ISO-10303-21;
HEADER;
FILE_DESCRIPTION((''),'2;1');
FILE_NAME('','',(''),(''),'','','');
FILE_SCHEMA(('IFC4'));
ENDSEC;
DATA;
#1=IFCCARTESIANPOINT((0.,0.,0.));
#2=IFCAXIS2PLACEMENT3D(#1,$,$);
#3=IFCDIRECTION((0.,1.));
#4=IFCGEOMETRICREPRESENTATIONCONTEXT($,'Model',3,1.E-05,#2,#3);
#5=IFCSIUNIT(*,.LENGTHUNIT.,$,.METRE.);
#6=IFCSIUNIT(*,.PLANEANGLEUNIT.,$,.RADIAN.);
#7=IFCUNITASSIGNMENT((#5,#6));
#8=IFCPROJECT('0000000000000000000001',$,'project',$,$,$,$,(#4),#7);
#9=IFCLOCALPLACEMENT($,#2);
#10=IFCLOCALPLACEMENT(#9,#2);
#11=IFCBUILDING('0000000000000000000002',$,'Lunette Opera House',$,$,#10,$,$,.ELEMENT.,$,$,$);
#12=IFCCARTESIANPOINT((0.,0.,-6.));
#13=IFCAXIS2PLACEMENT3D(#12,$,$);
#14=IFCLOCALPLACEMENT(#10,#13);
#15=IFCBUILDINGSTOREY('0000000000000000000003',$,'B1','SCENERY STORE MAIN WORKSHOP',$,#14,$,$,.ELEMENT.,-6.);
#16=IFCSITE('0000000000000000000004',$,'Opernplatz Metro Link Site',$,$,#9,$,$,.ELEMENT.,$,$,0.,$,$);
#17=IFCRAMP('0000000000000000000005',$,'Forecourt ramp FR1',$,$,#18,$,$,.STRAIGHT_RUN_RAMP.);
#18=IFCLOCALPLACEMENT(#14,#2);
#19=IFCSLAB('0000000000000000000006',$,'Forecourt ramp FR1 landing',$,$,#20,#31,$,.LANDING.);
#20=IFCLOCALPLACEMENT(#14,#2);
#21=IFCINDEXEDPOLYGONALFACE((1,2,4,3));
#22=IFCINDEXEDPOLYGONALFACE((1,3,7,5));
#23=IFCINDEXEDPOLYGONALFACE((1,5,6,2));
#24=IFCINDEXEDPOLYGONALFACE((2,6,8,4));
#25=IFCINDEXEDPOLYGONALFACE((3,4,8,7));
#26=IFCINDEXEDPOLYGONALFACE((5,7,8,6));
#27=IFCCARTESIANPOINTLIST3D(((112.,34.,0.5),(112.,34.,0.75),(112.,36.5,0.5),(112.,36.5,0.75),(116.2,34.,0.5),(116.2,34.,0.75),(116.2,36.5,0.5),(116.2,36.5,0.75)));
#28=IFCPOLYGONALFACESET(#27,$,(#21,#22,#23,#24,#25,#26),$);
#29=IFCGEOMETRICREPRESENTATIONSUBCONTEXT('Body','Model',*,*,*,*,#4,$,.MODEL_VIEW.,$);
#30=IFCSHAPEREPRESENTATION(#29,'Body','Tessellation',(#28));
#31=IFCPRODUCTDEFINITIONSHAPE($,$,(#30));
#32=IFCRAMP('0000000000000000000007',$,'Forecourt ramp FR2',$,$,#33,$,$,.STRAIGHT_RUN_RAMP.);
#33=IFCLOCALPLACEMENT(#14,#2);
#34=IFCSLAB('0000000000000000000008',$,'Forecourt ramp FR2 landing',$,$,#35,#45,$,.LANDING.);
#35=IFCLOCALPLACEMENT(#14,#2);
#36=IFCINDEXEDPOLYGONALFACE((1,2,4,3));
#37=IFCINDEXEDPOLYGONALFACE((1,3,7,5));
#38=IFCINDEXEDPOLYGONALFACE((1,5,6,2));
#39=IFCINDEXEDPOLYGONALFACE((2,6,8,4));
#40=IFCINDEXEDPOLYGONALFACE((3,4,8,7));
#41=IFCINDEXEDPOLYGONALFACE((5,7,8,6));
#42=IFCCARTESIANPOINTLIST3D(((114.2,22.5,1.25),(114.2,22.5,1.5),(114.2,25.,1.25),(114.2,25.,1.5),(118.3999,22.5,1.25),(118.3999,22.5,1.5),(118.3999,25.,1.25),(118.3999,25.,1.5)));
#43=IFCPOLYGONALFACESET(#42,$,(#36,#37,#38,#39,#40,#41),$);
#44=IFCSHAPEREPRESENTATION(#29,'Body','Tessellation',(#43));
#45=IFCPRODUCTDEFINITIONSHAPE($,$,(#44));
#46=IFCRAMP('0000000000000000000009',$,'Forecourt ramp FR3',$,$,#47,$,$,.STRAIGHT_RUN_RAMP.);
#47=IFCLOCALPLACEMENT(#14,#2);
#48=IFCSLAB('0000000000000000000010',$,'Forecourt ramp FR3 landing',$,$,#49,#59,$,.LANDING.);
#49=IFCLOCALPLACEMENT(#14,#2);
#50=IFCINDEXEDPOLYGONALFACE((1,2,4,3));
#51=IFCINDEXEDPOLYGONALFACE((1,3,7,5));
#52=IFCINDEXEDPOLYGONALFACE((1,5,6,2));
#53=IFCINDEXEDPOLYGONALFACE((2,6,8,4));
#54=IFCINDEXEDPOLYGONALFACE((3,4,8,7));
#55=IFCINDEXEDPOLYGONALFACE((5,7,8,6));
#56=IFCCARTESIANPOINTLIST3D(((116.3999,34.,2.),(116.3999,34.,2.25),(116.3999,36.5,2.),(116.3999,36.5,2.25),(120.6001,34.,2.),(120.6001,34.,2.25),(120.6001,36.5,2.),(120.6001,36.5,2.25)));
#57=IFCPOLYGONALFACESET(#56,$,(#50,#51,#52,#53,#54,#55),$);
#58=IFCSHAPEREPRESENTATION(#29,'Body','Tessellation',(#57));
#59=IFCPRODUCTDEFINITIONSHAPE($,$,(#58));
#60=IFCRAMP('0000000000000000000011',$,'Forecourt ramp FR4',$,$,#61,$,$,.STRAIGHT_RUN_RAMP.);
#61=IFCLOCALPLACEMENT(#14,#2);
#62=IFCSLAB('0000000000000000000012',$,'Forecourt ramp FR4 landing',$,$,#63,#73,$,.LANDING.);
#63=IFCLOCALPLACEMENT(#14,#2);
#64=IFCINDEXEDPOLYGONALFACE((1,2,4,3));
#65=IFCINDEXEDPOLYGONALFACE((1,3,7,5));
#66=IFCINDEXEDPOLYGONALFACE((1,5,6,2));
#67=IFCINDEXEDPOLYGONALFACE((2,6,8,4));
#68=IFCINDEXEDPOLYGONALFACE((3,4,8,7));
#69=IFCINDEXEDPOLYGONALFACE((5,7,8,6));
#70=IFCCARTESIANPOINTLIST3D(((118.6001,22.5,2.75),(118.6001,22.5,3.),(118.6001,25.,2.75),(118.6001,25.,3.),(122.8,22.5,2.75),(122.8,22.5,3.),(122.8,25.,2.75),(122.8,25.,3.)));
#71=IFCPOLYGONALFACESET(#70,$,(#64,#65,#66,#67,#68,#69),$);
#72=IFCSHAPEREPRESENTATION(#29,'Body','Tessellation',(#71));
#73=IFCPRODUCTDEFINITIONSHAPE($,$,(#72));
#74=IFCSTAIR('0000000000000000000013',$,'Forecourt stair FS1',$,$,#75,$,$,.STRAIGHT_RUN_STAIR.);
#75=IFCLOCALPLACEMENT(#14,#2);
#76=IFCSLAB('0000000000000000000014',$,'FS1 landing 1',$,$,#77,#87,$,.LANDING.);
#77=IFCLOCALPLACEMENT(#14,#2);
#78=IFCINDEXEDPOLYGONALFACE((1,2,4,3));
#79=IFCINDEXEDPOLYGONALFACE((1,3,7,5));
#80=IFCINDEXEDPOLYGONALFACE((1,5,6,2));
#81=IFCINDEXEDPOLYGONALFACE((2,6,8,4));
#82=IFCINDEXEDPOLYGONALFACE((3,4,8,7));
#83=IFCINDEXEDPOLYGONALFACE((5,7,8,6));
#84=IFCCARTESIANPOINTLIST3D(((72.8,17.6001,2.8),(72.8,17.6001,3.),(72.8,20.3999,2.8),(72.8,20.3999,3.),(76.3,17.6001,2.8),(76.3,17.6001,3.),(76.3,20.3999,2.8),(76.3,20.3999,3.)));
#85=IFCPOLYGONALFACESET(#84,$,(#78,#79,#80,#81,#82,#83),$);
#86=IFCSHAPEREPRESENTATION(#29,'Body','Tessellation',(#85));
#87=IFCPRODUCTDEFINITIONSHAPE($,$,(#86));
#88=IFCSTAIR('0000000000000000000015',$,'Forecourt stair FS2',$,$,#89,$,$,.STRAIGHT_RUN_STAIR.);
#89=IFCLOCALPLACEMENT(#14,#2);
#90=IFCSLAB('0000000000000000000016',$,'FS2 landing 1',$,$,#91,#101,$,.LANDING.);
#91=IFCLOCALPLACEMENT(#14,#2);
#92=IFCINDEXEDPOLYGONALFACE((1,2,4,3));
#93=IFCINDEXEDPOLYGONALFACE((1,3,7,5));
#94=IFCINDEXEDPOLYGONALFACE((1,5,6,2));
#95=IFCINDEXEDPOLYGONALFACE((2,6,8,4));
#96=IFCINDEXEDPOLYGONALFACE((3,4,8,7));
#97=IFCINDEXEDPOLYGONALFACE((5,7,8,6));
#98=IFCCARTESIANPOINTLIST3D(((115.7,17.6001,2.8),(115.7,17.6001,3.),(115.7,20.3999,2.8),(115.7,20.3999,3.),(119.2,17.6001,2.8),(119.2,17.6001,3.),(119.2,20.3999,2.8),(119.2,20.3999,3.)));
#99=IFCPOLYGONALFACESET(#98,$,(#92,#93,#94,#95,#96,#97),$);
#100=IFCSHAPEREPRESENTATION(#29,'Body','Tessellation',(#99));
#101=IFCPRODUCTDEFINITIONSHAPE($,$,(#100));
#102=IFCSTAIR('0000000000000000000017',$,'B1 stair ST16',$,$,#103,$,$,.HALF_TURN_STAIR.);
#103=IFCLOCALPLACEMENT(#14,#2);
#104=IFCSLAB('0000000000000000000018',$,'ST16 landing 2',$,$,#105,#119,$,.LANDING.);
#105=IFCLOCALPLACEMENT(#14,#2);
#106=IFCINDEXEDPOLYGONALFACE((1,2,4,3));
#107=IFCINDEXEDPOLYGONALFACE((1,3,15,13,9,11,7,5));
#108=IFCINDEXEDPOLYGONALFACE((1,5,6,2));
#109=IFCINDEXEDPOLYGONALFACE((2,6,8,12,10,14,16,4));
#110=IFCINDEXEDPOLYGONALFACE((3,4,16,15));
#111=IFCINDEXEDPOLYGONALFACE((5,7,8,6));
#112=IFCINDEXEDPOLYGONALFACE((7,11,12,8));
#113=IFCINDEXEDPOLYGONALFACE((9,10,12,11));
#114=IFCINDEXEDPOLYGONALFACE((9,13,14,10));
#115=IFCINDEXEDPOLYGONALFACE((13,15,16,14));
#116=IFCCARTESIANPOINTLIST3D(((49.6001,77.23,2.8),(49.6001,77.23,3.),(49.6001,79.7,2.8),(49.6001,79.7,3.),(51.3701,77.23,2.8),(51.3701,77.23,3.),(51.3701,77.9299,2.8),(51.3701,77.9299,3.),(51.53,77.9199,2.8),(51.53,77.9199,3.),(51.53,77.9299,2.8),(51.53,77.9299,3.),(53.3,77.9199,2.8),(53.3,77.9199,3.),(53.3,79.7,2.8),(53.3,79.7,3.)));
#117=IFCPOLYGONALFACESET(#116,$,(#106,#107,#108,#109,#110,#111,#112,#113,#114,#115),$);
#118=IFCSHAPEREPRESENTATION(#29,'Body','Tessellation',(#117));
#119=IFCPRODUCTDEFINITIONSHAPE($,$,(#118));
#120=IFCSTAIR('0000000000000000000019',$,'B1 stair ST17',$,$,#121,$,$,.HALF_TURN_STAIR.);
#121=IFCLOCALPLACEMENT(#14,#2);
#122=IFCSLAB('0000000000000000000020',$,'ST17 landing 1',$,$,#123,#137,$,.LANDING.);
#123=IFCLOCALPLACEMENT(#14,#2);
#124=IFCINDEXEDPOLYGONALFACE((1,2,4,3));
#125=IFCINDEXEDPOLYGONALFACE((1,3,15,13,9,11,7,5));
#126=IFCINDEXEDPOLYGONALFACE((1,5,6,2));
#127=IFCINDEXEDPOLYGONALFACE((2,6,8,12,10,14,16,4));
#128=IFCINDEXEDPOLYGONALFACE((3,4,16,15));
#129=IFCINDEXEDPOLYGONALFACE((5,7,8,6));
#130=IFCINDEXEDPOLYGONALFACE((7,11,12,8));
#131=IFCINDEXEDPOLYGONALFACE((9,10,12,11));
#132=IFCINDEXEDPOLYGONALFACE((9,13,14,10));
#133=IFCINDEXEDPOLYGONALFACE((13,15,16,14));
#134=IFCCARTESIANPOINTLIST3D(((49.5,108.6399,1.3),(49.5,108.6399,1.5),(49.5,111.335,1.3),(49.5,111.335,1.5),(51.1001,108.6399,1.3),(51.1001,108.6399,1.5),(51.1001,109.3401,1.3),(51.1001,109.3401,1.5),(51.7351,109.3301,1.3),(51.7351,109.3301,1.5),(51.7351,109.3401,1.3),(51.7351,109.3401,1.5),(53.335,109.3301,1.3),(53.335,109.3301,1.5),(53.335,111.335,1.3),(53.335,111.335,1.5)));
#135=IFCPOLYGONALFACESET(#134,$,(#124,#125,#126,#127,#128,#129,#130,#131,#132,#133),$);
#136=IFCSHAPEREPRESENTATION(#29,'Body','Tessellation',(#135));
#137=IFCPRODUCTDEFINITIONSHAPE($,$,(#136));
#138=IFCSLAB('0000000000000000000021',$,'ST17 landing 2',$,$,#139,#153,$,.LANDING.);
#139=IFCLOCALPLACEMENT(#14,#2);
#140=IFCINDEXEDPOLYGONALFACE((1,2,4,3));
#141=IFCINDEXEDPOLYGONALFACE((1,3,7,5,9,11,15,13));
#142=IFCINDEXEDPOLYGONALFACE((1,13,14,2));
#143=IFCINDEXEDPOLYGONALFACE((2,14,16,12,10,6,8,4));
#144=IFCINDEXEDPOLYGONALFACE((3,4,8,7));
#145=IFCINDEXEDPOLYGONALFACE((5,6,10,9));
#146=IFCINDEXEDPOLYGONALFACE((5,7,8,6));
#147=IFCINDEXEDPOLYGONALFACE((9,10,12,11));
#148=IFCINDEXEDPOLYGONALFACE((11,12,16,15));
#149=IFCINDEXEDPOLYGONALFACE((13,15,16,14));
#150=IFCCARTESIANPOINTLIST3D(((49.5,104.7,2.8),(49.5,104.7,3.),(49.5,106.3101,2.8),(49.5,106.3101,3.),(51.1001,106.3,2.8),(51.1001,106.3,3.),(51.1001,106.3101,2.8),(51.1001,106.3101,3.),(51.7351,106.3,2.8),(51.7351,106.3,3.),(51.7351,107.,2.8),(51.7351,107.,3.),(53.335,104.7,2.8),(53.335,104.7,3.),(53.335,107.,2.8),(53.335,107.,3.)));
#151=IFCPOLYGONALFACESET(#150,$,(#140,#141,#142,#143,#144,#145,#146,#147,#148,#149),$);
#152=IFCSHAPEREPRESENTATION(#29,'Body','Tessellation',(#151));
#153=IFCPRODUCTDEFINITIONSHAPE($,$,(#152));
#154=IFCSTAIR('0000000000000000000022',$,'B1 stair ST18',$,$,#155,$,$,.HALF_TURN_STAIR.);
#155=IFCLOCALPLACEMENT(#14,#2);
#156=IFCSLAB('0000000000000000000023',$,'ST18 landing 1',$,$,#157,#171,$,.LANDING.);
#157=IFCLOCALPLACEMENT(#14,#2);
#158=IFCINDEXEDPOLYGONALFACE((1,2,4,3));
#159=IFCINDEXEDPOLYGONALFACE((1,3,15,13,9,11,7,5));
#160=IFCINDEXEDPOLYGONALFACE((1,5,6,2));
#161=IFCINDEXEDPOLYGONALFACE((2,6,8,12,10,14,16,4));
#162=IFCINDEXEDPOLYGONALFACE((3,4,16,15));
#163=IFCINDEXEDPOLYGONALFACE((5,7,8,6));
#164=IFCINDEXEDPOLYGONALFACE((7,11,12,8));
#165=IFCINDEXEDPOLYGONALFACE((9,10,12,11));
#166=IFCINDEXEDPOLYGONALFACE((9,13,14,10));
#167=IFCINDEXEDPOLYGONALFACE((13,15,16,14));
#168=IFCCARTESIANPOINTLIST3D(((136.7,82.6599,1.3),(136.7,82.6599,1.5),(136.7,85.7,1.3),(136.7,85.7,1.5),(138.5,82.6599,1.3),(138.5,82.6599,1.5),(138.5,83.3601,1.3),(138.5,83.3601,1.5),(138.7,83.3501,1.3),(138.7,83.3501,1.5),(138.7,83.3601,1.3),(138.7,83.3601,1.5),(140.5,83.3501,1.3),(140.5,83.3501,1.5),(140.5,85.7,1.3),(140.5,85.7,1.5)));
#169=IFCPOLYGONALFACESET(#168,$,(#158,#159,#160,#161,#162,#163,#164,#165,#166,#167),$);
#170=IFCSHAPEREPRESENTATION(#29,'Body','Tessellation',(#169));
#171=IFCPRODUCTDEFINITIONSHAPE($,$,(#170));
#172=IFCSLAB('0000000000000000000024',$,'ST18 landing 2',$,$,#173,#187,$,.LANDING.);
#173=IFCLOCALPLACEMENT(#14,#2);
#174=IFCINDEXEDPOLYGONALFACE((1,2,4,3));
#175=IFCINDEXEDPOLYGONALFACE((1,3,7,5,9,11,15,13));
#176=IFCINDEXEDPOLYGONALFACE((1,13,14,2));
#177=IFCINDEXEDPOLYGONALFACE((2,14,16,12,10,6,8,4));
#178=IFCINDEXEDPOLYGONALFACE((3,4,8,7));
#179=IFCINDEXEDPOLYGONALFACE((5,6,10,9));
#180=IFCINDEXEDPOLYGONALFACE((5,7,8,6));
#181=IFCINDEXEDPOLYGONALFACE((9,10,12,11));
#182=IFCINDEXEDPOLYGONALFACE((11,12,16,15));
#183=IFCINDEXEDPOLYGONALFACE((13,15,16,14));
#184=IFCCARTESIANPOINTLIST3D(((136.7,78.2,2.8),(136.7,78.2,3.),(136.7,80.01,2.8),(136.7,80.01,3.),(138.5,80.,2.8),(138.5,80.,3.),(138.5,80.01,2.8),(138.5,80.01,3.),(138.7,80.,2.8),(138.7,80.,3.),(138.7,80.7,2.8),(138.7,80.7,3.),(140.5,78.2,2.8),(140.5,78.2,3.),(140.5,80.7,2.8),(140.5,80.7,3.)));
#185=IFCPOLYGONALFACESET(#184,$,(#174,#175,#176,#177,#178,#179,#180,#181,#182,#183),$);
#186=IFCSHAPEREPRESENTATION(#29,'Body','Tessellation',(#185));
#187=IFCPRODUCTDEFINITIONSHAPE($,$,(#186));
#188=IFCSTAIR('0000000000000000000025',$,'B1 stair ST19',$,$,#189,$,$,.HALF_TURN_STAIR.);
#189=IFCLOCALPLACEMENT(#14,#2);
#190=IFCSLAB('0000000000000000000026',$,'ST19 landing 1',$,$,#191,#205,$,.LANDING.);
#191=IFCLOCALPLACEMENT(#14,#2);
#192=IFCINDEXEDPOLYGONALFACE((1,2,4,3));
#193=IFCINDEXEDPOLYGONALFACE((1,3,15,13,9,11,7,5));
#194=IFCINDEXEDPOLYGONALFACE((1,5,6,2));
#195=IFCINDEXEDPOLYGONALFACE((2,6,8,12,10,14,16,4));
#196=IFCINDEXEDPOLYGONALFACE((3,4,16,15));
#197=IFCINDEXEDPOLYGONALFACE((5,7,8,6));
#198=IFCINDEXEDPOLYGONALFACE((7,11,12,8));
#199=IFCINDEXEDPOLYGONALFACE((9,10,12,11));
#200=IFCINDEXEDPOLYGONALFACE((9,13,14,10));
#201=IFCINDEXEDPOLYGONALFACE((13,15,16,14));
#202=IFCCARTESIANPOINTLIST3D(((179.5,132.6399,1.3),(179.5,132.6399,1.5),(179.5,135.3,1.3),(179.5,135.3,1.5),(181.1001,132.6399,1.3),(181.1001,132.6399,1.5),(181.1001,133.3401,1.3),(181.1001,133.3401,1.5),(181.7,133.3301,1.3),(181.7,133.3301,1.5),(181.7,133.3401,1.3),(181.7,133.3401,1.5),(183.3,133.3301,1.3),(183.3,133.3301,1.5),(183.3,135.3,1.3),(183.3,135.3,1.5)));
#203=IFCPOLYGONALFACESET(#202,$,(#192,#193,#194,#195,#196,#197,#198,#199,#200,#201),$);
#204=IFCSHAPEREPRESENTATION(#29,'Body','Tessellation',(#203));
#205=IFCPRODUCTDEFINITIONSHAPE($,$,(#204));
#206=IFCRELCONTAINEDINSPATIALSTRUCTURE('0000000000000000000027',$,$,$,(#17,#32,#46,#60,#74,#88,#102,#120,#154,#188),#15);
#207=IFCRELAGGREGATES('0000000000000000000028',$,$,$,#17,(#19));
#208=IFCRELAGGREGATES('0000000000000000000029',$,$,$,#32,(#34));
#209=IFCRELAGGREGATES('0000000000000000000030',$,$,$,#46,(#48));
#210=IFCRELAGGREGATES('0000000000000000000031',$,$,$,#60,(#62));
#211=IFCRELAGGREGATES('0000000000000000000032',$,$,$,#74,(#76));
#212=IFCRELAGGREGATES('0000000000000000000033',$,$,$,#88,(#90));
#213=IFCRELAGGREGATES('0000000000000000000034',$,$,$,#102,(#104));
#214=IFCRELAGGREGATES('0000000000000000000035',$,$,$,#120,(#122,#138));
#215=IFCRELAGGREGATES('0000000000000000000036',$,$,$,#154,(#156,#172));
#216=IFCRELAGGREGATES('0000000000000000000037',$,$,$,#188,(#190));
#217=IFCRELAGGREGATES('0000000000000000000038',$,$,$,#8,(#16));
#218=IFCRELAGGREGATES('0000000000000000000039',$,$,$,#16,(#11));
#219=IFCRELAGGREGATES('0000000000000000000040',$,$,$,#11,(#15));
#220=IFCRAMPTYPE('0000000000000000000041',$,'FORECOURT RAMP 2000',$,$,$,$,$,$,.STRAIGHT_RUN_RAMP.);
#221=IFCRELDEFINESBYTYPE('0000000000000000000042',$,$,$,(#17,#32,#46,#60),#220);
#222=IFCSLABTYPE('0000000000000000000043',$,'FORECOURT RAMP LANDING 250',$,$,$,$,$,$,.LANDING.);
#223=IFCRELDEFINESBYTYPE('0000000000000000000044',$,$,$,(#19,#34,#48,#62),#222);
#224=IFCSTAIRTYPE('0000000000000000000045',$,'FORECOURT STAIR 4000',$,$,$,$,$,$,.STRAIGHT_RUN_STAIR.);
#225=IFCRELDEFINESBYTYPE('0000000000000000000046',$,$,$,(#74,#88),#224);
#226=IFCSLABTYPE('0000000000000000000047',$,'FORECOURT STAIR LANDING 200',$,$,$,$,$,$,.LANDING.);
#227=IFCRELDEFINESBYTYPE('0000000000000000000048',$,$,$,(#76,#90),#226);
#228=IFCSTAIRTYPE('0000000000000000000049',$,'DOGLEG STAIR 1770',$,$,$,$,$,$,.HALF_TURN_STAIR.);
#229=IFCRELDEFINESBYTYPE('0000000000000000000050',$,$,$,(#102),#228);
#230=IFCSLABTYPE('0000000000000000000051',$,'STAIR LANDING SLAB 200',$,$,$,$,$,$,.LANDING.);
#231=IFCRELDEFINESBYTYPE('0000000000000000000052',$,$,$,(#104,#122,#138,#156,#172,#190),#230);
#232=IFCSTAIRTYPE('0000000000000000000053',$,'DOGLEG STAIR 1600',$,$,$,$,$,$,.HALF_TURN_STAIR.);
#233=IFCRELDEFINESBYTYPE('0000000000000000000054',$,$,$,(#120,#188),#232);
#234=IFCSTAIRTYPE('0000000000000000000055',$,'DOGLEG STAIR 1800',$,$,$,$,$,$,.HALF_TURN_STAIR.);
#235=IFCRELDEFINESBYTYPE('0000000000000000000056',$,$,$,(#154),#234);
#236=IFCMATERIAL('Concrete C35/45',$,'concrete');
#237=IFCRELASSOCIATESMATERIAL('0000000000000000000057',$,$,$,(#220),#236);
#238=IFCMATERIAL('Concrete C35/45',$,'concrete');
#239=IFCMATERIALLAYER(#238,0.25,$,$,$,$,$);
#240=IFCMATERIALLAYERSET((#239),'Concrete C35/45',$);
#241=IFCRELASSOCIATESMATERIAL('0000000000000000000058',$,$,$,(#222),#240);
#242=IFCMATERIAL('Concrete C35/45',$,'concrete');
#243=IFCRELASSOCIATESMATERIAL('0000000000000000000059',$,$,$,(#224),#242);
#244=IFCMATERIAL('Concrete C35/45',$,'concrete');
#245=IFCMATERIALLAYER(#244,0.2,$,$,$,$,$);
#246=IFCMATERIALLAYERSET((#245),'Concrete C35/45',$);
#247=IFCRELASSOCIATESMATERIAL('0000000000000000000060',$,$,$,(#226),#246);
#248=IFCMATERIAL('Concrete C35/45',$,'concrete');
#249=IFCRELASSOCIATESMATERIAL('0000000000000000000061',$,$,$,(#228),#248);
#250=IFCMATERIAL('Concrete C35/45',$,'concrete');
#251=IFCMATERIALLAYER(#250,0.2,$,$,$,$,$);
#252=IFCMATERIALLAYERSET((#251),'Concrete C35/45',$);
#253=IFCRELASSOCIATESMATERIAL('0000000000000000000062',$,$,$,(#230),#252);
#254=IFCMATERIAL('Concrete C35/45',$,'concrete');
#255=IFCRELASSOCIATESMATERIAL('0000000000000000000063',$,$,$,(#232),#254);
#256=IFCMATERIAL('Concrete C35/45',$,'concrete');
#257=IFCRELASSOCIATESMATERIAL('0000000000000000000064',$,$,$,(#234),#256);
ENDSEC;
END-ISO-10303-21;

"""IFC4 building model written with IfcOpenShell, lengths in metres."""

from ifc_helpers import new_model, si_unit, direction, frame, origin, place, context, subcontext, project, spatial, polyline, outline, extrude, material, layer, layer_set, type_object, element, aggregate, save


model = new_model("IFC4")

# Units and contexts
model_context = context("Model", 3, precision=1e-05, world=origin(), true_north=direction((0.0, 1.0)))
body_context = subcontext(model_context, "Body", "Model", "MODEL_VIEW")
ifc_project = project(units=[si_unit("LENGTHUNIT", "METRE"), si_unit("PLANEANGLEUNIT", "RADIAN")], contexts=[model_context])

# Site, building, storey
site_placement = place(None, origin())
site = spatial("IfcSite", under=ifc_project, at=site_placement, Name="Opernplatz Metro Link Site", CompositionType="ELEMENT", RefElevation=0.0)
building_placement = place(site_placement, origin())
building = spatial("IfcBuilding", under=site, at=building_placement, Name="Lunette Opera House", CompositionType="ELEMENT")
storey_placement = place(building_placement, frame((0.0, 0.0, -6.0)))
storey = spatial("IfcBuildingStorey", under=building, at=storey_placement, Name="B1", Description="SCENERY STORE MAIN WORKSHOP", CompositionType="ELEMENT", Elevation=-6.0)

# Ramps, slabs
ifc_material_1 = material(Name="Concrete C35/45", Category="concrete")
ramp_type = type_object("IfcRampType", Name="FORECOURT RAMP 2000", PredefinedType="STRAIGHT_RUN_RAMP", material=ifc_material_1)
ramp_1_placement = place(storey_placement, origin())
ramp_1 = element("IfcRamp", 1, at=ramp_1_placement, inside=storey, type_object=ramp_type, Name="Forecourt ramp FR1", PredefinedType="STRAIGHT_RUN_RAMP")
ifc_material_2 = material(Name="Concrete C35/45", Category="concrete")
ifc_layer_1 = layer(ifc_material_2, 0.25)
ifc_layer_set_1 = layer_set([ifc_layer_1], Name="Concrete C35/45")
slab_type_1 = type_object("IfcSlabType", Name="FORECOURT RAMP LANDING 250", PredefinedType="LANDING", material=ifc_layer_set_1)
slab_1_placement = place(storey_placement, frame((0.0, 0.0, 0.5)))
slab_1 = element("IfcSlab", 2, at=slab_1_placement, type_object=slab_type_1, Name="Forecourt ramp FR1 landing", PredefinedType="LANDING", context=body_context, shape_type="SweptSolid", body=[
    extrude(outline(polyline([(112.0, 34.0), (116.2, 34.0), (116.2, 36.5), (112.0, 36.5), (112.0, 34.0)])), origin(), (0.0, 0.0, 1.0), 0.25),
])
aggregate(ramp_1, [slab_1])
ramp_2_placement = place(storey_placement, origin())
ramp_2 = element("IfcRamp", 3, at=ramp_2_placement, inside=storey, type_object=ramp_type, Name="Forecourt ramp FR2", PredefinedType="STRAIGHT_RUN_RAMP")
slab_2_placement = place(storey_placement, frame((0.0, 0.0, 1.25)))
slab_2 = element("IfcSlab", 4, at=slab_2_placement, type_object=slab_type_1, Name="Forecourt ramp FR2 landing", PredefinedType="LANDING", context=body_context, shape_type="SweptSolid", body=[
    extrude(outline(polyline([(114.2, 22.5), (118.3999, 22.5), (118.3999, 25.0), (114.2, 25.0), (114.2, 22.5)])), origin(), (0.0, 0.0, 1.0), 0.25),
])
aggregate(ramp_2, [slab_2])
ramp_3_placement = place(storey_placement, origin())
ramp_3 = element("IfcRamp", 5, at=ramp_3_placement, inside=storey, type_object=ramp_type, Name="Forecourt ramp FR3", PredefinedType="STRAIGHT_RUN_RAMP")
slab_3_placement = place(storey_placement, frame((0.0, 0.0, 2.0)))
slab_3 = element("IfcSlab", 6, at=slab_3_placement, type_object=slab_type_1, Name="Forecourt ramp FR3 landing", PredefinedType="LANDING", context=body_context, shape_type="SweptSolid", body=[
    extrude(outline(polyline([(116.3999, 34.0), (120.6001, 34.0), (120.6001, 36.5), (116.3999, 36.5), (116.3999, 34.0)])), origin(), (0.0, 0.0, 1.0), 0.25),
])
aggregate(ramp_3, [slab_3])
ramp_4_placement = place(storey_placement, origin())
ramp_4 = element("IfcRamp", 7, at=ramp_4_placement, inside=storey, type_object=ramp_type, Name="Forecourt ramp FR4", PredefinedType="STRAIGHT_RUN_RAMP")
slab_4_placement = place(storey_placement, frame((0.0, 0.0, 2.75)))
slab_4 = element("IfcSlab", 8, at=slab_4_placement, type_object=slab_type_1, Name="Forecourt ramp FR4 landing", PredefinedType="LANDING", context=body_context, shape_type="SweptSolid", body=[
    extrude(outline(polyline([(118.6001, 22.5), (122.8, 22.5), (122.8, 25.0), (118.6001, 25.0), (118.6001, 22.5)])), origin(), (0.0, 0.0, 1.0), 0.25),
])
aggregate(ramp_4, [slab_4])

# Stairs, slabs
ifc_material_3 = material(Name="Concrete C35/45", Category="concrete")
stair_type_1 = type_object("IfcStairType", Name="FORECOURT STAIR 4000", PredefinedType="STRAIGHT_RUN_STAIR", material=ifc_material_3)
stair_1_placement = place(storey_placement, origin())
stair_1 = element("IfcStair", 9, at=stair_1_placement, inside=storey, type_object=stair_type_1, Name="Forecourt stair FS1", PredefinedType="STRAIGHT_RUN_STAIR")
ifc_material_4 = material(Name="Concrete C35/45", Category="concrete")
ifc_layer_2 = layer(ifc_material_4, 0.2)
ifc_layer_set_2 = layer_set([ifc_layer_2], Name="Concrete C35/45")
slab_type_2 = type_object("IfcSlabType", Name="FORECOURT STAIR LANDING 200", PredefinedType="LANDING", material=ifc_layer_set_2)
slab_5_placement = place(storey_placement, frame((0.0, 0.0, 2.8)))
slab_5 = element("IfcSlab", 10, at=slab_5_placement, type_object=slab_type_2, Name="FS1 landing 1", PredefinedType="LANDING", context=body_context, shape_type="SweptSolid", body=[
    extrude(outline(polyline([(72.8, 17.6001), (72.8, 20.3999), (76.3, 20.3999), (76.3, 17.6001), (72.8, 17.6001)])), origin(), (0.0, 0.0, 1.0), 0.2),
])
aggregate(stair_1, [slab_5])
stair_2_placement = place(storey_placement, origin())
stair_2 = element("IfcStair", 11, at=stair_2_placement, inside=storey, type_object=stair_type_1, Name="Forecourt stair FS2", PredefinedType="STRAIGHT_RUN_STAIR")
slab_6_placement = place(storey_placement, frame((0.0, 0.0, 2.8)))
slab_6 = element("IfcSlab", 12, at=slab_6_placement, type_object=slab_type_2, Name="FS2 landing 1", PredefinedType="LANDING", context=body_context, shape_type="SweptSolid", body=[
    extrude(outline(polyline([(115.7, 17.6001), (115.7, 20.3999), (119.2, 20.3999), (119.2, 17.6001), (115.7, 17.6001)])), origin(), (0.0, 0.0, 1.0), 0.2),
])
aggregate(stair_2, [slab_6])
ifc_material_5 = material(Name="Concrete C35/45", Category="concrete")
stair_type_2 = type_object("IfcStairType", Name="DOGLEG STAIR 1770", PredefinedType="HALF_TURN_STAIR", material=ifc_material_5)
stair_3_placement = place(storey_placement, origin())
stair_3 = element("IfcStair", 13, at=stair_3_placement, inside=storey, type_object=stair_type_2, Name="B1 stair ST16", PredefinedType="HALF_TURN_STAIR")
ifc_material_6 = material(Name="Concrete C35/45", Category="concrete")
ifc_layer_3 = layer(ifc_material_6, 0.2)
ifc_layer_set_3 = layer_set([ifc_layer_3], Name="Concrete C35/45")
slab_type_3 = type_object("IfcSlabType", Name="STAIR LANDING SLAB 200", PredefinedType="LANDING", material=ifc_layer_set_3)
slab_7_placement = place(storey_placement, frame((0.0, 0.0, 2.8)))
slab_7 = element("IfcSlab", 14, at=slab_7_placement, type_object=slab_type_3, Name="ST16 landing 2", PredefinedType="LANDING", context=body_context, shape_type="SweptSolid", body=[
    extrude(outline(polyline([(53.3, 77.9199), (51.53, 77.9199), (51.53, 77.9299), (51.3701, 77.9299), (51.3701, 77.23), (49.6001, 77.23), (49.6001, 79.7), (53.3, 79.7), (53.3, 77.9199)])), origin(), (0.0, 0.0, 1.0), 0.2),
])
aggregate(stair_3, [slab_7])

# Stairs, slabs
ifc_material_7 = material(Name="Concrete C35/45", Category="concrete")
stair_type_3 = type_object("IfcStairType", Name="DOGLEG STAIR 1600", PredefinedType="HALF_TURN_STAIR", material=ifc_material_7)
stair_4_placement = place(storey_placement, origin())
stair_4 = element("IfcStair", 15, at=stair_4_placement, inside=storey, type_object=stair_type_3, Name="B1 stair ST17", PredefinedType="HALF_TURN_STAIR")
slab_8_placement = place(storey_placement, frame((0.0, 0.0, 1.3)))
slab_8 = element("IfcSlab", 16, at=slab_8_placement, type_object=slab_type_3, Name="ST17 landing 1", PredefinedType="LANDING", context=body_context, shape_type="SweptSolid", body=[
    extrude(outline(polyline([(53.335, 109.3301), (51.7351, 109.3301), (51.7351, 109.3401), (51.1001, 109.3401), (51.1001, 108.6399), (49.5, 108.6399), (49.5, 111.335), (53.335, 111.335), (53.335, 109.3301)])), origin(), (0.0, 0.0, 1.0), 0.2),
])
slab_9_placement = place(storey_placement, frame((0.0, 0.0, 2.8)))
slab_9 = element("IfcSlab", 17, at=slab_9_placement, type_object=slab_type_3, Name="ST17 landing 2", PredefinedType="LANDING", context=body_context, shape_type="SweptSolid", body=[
    extrude(outline(polyline([(53.335, 104.7), (49.5, 104.7), (49.5, 106.3101), (51.1001, 106.3101), (51.1001, 106.3), (51.7351, 106.3), (51.7351, 107.0), (53.335, 107.0), (53.335, 104.7)])), origin(), (0.0, 0.0, 1.0), 0.2),
])
aggregate(stair_4, [slab_8, slab_9])
ifc_material_8 = material(Name="Concrete C35/45", Category="concrete")
stair_type_4 = type_object("IfcStairType", Name="DOGLEG STAIR 1800", PredefinedType="HALF_TURN_STAIR", material=ifc_material_8)
stair_5_placement = place(storey_placement, origin())
stair_5 = element("IfcStair", 18, at=stair_5_placement, inside=storey, type_object=stair_type_4, Name="B1 stair ST18", PredefinedType="HALF_TURN_STAIR")
slab_10_placement = place(storey_placement, frame((0.0, 0.0, 1.3)))
slab_10 = element("IfcSlab", 19, at=slab_10_placement, type_object=slab_type_3, Name="ST18 landing 1", PredefinedType="LANDING", context=body_context, shape_type="SweptSolid", body=[
    extrude(outline(polyline([(140.5, 83.3501), (138.7, 83.3501), (138.7, 83.3601), (138.5, 83.3601), (138.5, 82.6599), (136.7, 82.6599), (136.7, 85.7), (140.5, 85.7), (140.5, 83.3501)])), origin(), (0.0, 0.0, 1.0), 0.2),
])
slab_11_placement = place(storey_placement, frame((0.0, 0.0, 2.8)))
slab_11 = element("IfcSlab", 20, at=slab_11_placement, type_object=slab_type_3, Name="ST18 landing 2", PredefinedType="LANDING", context=body_context, shape_type="SweptSolid", body=[
    extrude(outline(polyline([(136.7, 78.2), (136.7, 80.01), (138.5, 80.01), (138.5, 80.0), (138.7, 80.0), (138.7, 80.7), (140.5, 80.7), (140.5, 78.2), (136.7, 78.2)])), origin(), (0.0, 0.0, 1.0), 0.2),
])
aggregate(stair_5, [slab_10, slab_11])
stair_6_placement = place(storey_placement, origin())
stair_6 = element("IfcStair", 21, at=stair_6_placement, inside=storey, type_object=stair_type_3, Name="B1 stair ST19", PredefinedType="HALF_TURN_STAIR")
slab_12_placement = place(storey_placement, frame((0.0, 0.0, 1.3)))
slab_12 = element("IfcSlab", 22, at=slab_12_placement, type_object=slab_type_3, Name="ST19 landing 1", PredefinedType="LANDING", context=body_context, shape_type="SweptSolid", body=[
    extrude(outline(polyline([(183.3, 133.3301), (181.7, 133.3301), (181.7, 133.3401), (181.1001, 133.3401), (181.1001, 132.6399), (179.5, 132.6399), (179.5, 135.3), (183.3, 135.3), (183.3, 133.3301)])), origin(), (0.0, 0.0, 1.0), 0.2),
])
aggregate(stair_6, [slab_12])

save(model, "model.ifc")
